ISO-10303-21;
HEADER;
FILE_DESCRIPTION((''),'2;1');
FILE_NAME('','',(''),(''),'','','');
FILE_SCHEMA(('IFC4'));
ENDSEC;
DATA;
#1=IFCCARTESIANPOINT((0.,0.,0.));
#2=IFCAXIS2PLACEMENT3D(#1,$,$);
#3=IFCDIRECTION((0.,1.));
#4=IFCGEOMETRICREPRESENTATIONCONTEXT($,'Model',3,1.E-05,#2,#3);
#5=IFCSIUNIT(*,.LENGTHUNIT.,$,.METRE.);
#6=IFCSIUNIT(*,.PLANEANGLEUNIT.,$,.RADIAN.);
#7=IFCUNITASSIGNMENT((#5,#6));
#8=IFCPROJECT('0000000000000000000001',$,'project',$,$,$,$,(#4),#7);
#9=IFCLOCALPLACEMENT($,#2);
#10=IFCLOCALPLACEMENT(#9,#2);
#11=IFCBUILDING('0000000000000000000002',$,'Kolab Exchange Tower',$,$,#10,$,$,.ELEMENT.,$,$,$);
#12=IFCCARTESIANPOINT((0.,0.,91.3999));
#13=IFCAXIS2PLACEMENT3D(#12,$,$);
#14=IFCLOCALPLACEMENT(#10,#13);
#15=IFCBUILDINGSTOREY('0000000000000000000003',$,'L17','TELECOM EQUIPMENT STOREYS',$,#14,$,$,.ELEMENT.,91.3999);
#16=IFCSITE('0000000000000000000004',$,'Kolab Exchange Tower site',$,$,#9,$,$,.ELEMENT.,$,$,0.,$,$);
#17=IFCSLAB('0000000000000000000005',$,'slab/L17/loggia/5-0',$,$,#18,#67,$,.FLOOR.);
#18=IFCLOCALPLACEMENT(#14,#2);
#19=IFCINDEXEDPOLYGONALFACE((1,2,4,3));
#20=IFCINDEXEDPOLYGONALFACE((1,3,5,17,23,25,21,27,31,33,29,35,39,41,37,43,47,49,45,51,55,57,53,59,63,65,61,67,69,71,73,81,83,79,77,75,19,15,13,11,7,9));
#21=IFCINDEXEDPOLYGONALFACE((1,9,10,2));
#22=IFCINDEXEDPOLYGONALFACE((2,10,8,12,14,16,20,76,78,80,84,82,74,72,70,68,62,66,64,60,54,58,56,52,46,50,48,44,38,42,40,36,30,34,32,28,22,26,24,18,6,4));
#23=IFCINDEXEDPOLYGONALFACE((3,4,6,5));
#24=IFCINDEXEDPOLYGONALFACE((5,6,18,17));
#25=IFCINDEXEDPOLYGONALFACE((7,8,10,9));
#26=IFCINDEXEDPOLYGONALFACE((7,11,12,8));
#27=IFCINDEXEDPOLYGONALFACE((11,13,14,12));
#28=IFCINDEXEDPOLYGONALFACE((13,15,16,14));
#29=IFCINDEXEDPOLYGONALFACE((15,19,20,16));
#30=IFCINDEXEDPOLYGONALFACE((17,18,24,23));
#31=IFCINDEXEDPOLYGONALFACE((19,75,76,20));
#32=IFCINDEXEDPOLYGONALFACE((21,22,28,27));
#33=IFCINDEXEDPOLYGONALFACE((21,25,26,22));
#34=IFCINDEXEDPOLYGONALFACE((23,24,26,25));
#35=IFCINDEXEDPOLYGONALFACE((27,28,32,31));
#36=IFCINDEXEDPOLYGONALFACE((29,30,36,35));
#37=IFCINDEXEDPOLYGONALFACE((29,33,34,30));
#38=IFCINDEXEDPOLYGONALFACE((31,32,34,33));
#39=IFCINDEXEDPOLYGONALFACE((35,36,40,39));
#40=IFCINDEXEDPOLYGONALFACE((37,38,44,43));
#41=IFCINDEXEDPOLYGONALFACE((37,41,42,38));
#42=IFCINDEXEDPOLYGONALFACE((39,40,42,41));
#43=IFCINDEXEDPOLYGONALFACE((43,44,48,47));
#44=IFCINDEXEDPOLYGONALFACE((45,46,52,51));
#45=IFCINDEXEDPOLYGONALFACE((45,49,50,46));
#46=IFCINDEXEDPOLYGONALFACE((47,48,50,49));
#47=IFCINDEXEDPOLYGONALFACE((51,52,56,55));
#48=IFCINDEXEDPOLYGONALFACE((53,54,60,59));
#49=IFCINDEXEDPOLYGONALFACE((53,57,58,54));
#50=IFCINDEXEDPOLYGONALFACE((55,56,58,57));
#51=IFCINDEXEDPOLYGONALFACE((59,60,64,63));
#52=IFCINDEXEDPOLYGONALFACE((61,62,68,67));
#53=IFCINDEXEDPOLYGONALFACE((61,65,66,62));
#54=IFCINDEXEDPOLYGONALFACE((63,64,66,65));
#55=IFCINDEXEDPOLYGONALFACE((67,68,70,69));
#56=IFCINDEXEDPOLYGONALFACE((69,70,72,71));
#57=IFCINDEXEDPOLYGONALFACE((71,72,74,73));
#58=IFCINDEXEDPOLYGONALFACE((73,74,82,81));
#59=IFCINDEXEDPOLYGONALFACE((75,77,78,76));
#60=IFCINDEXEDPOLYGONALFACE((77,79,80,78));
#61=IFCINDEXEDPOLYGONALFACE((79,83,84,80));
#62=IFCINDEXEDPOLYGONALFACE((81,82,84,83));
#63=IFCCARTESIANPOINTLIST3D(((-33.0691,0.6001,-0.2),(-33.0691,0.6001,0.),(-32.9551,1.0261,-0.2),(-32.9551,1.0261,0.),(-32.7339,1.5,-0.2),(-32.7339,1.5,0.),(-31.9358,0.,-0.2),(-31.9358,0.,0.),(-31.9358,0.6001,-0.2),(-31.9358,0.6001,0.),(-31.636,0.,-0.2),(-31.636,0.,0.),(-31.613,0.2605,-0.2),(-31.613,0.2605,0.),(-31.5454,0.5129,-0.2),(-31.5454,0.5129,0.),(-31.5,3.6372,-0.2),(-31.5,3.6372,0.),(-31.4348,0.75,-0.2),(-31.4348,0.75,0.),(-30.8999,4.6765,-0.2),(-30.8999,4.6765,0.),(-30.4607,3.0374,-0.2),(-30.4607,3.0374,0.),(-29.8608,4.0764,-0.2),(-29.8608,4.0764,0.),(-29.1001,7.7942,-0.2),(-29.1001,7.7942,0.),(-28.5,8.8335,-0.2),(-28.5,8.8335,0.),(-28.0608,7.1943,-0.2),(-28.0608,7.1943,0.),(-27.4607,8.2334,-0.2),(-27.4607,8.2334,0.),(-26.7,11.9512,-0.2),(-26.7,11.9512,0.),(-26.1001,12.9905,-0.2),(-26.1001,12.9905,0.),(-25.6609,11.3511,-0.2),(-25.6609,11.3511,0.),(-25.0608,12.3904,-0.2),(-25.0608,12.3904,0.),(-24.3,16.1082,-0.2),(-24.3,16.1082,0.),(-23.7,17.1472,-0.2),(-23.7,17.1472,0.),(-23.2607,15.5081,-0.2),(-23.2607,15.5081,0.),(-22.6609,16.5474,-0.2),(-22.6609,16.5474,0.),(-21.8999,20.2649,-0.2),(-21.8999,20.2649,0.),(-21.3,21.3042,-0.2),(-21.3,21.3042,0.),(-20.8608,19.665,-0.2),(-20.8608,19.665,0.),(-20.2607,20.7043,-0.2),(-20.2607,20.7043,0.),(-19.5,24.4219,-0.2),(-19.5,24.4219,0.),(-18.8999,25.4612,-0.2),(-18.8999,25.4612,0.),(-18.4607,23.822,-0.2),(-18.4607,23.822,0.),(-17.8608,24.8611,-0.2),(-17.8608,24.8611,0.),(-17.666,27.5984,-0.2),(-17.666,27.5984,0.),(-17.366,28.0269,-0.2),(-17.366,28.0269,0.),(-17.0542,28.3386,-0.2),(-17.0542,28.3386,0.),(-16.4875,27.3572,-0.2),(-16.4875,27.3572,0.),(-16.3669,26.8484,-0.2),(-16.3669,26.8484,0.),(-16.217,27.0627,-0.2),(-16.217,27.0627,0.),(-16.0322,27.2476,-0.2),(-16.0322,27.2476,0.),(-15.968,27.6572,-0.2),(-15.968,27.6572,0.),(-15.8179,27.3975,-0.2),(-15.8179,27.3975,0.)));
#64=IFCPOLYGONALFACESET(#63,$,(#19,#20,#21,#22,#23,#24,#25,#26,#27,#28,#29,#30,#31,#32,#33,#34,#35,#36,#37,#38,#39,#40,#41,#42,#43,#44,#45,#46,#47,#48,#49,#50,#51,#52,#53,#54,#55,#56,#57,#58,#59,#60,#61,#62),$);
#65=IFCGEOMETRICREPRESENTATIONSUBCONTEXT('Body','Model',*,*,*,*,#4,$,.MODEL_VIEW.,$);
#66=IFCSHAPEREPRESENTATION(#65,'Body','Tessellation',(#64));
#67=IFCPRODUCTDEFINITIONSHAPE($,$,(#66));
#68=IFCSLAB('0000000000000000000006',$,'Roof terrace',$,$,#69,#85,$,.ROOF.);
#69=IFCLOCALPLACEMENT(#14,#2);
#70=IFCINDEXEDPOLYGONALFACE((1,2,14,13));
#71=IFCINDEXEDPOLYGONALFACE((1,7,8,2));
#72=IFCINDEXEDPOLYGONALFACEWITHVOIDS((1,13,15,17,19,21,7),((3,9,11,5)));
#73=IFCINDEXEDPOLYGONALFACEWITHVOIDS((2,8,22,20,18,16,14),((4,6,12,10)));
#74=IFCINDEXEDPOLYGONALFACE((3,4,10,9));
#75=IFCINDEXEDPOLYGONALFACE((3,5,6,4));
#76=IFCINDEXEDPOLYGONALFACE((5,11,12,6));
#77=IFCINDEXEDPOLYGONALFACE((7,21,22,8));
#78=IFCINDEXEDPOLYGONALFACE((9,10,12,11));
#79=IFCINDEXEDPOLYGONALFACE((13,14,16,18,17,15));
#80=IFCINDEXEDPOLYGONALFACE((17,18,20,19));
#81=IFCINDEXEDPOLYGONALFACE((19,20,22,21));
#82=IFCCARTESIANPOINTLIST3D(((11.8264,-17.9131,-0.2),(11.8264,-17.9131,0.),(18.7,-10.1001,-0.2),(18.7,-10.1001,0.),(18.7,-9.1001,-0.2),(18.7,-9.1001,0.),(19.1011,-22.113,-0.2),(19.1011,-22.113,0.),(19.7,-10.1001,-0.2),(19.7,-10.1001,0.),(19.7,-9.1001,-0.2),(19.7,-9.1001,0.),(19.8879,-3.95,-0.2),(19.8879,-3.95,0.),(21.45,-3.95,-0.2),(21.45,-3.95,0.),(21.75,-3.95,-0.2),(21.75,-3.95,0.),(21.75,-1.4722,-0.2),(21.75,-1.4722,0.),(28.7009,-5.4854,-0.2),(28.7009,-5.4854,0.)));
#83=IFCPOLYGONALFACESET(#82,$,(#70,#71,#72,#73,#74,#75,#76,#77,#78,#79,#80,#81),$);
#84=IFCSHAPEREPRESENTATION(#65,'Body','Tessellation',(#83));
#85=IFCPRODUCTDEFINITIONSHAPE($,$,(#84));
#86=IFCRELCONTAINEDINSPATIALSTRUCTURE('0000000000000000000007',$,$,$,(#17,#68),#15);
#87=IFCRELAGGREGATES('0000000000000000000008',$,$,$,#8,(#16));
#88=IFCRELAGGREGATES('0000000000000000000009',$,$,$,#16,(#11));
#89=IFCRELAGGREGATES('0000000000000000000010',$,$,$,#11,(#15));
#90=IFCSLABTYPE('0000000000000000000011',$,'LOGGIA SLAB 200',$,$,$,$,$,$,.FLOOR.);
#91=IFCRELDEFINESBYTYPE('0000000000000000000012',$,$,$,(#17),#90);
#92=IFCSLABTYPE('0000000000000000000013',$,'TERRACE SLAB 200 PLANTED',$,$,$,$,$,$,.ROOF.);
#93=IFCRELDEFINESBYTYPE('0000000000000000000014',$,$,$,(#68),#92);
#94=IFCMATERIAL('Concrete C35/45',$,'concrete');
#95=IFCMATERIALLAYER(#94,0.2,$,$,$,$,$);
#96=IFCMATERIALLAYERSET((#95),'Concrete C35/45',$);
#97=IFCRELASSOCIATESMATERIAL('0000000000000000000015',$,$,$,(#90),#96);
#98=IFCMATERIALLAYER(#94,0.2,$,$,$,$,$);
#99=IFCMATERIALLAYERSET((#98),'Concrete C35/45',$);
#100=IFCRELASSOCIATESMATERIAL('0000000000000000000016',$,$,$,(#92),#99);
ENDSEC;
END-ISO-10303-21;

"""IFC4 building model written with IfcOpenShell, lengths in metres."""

from ifc_helpers import new_model, si_unit, direction, frame, origin, place, context, subcontext, project, spatial, polyline, outline, extrude, material, layer, layer_set, type_object, element, save


model = new_model("IFC4")

# Units and contexts
model_context = context("Model", 3, precision=1e-05, world=origin(), true_north=direction((0.0, 1.0)))
body_context = subcontext(model_context, "Body", "Model", "MODEL_VIEW")
ifc_project = project(units=[si_unit("LENGTHUNIT", "METRE"), si_unit("PLANEANGLEUNIT", "RADIAN")], contexts=[model_context])

# Site, building, storey
site_placement = place(None, origin())
site = spatial("IfcSite", under=ifc_project, at=site_placement, Name="Kolab Exchange Tower site", CompositionType="ELEMENT", RefElevation=0.0)
building_placement = place(site_placement, origin())
building = spatial("IfcBuilding", under=site, at=building_placement, Name="Kolab Exchange Tower", CompositionType="ELEMENT")
storey_placement = place(building_placement, frame((0.0, 0.0, 91.3999)))
storey = spatial("IfcBuildingStorey", under=building, at=storey_placement, Name="L17", Description="TELECOM EQUIPMENT STOREYS", CompositionType="ELEMENT", Elevation=91.3999)

# Slabs
ifc_material_1 = material(Name="Concrete C35/45", Category="concrete")
ifc_layer_1 = layer(ifc_material_1, 0.2)
ifc_layer_set_1 = layer_set([ifc_layer_1], Name="Concrete C35/45")
slab_type_1 = type_object("IfcSlabType", Name="LOGGIA SLAB 200", PredefinedType="FLOOR", material=ifc_layer_set_1)
slab_1_placement = place(storey_placement, frame((0.0, 0.0, -0.2)))
element("IfcSlab", 1, at=slab_1_placement, inside=storey, type_object=slab_type_1, Name="slab/L17/loggia/5-0", PredefinedType="FLOOR", context=body_context, shape_type="SweptSolid", body=[
    extrude(outline(polyline([(-16.0322, 27.2476), (-15.8179, 27.3975), (-15.968, 27.6572), (-16.4875, 27.3572), (-17.0542, 28.3386), (-17.366, 28.0269), (-17.666, 27.5984), (-18.8999, 25.4612), (-17.8608, 24.8611), (-18.4607, 23.822), (-19.5, 24.4219), (-21.3, 21.3042), (-20.2607, 20.7043), (-20.8608, 19.665), (-21.8999, 20.2649), (-23.7, 17.1472), (-22.6609, 16.5474), (-23.2607, 15.5081), (-24.3, 16.1082), (-26.1001, 12.9905), (-25.0608, 12.3904), (-25.6609, 11.3511), (-26.7, 11.9512), (-28.5, 8.8335), (-27.4607, 8.2334), (-28.0608, 7.1943), (-29.1001, 7.7942), (-30.8999, 4.6765), (-29.8608, 4.0764), (-30.4607, 3.0374), (-31.5, 3.6372), (-32.7339, 1.5), (-32.9551, 1.0261), (-33.0691, 0.6001), (-31.9358, 0.6001), (-31.9358, 0.0), (-31.636, 0.0), (-31.613, 0.2605), (-31.5454, 0.5129), (-31.4348, 0.75), (-16.3669, 26.8484), (-16.217, 27.0627), (-16.0322, 27.2476)])), origin(), (0.0, 0.0, 1.0), 0.2),
])
ifc_layer_2 = layer(ifc_material_1, 0.2)
ifc_layer_set_2 = layer_set([ifc_layer_2], Name="Concrete C35/45")
slab_type_2 = type_object("IfcSlabType", Name="TERRACE SLAB 200 PLANTED", PredefinedType="ROOF", material=ifc_layer_set_2)
slab_2_placement = place(storey_placement, frame((0.0, 0.0, -0.2)))
element("IfcSlab", 2, at=slab_2_placement, inside=storey, type_object=slab_type_2, Name="Roof terrace", PredefinedType="ROOF", context=body_context, shape_type="SweptSolid", body=[
    extrude(outline(polyline([(28.7009, -5.4854), (21.75, -1.4722), (21.75, -3.95), (21.45, -3.95), (19.8879, -3.95), (11.8264, -17.9131), (19.1011, -22.113), (28.7009, -5.4854)]), holes=[polyline([(19.7, -9.1001), (19.7, -10.1001), (18.7, -10.1001), (18.7, -9.1001), (19.7, -9.1001)])]), origin(), (0.0, 0.0, 1.0), 0.2),
])

save(model, "model.ifc")
